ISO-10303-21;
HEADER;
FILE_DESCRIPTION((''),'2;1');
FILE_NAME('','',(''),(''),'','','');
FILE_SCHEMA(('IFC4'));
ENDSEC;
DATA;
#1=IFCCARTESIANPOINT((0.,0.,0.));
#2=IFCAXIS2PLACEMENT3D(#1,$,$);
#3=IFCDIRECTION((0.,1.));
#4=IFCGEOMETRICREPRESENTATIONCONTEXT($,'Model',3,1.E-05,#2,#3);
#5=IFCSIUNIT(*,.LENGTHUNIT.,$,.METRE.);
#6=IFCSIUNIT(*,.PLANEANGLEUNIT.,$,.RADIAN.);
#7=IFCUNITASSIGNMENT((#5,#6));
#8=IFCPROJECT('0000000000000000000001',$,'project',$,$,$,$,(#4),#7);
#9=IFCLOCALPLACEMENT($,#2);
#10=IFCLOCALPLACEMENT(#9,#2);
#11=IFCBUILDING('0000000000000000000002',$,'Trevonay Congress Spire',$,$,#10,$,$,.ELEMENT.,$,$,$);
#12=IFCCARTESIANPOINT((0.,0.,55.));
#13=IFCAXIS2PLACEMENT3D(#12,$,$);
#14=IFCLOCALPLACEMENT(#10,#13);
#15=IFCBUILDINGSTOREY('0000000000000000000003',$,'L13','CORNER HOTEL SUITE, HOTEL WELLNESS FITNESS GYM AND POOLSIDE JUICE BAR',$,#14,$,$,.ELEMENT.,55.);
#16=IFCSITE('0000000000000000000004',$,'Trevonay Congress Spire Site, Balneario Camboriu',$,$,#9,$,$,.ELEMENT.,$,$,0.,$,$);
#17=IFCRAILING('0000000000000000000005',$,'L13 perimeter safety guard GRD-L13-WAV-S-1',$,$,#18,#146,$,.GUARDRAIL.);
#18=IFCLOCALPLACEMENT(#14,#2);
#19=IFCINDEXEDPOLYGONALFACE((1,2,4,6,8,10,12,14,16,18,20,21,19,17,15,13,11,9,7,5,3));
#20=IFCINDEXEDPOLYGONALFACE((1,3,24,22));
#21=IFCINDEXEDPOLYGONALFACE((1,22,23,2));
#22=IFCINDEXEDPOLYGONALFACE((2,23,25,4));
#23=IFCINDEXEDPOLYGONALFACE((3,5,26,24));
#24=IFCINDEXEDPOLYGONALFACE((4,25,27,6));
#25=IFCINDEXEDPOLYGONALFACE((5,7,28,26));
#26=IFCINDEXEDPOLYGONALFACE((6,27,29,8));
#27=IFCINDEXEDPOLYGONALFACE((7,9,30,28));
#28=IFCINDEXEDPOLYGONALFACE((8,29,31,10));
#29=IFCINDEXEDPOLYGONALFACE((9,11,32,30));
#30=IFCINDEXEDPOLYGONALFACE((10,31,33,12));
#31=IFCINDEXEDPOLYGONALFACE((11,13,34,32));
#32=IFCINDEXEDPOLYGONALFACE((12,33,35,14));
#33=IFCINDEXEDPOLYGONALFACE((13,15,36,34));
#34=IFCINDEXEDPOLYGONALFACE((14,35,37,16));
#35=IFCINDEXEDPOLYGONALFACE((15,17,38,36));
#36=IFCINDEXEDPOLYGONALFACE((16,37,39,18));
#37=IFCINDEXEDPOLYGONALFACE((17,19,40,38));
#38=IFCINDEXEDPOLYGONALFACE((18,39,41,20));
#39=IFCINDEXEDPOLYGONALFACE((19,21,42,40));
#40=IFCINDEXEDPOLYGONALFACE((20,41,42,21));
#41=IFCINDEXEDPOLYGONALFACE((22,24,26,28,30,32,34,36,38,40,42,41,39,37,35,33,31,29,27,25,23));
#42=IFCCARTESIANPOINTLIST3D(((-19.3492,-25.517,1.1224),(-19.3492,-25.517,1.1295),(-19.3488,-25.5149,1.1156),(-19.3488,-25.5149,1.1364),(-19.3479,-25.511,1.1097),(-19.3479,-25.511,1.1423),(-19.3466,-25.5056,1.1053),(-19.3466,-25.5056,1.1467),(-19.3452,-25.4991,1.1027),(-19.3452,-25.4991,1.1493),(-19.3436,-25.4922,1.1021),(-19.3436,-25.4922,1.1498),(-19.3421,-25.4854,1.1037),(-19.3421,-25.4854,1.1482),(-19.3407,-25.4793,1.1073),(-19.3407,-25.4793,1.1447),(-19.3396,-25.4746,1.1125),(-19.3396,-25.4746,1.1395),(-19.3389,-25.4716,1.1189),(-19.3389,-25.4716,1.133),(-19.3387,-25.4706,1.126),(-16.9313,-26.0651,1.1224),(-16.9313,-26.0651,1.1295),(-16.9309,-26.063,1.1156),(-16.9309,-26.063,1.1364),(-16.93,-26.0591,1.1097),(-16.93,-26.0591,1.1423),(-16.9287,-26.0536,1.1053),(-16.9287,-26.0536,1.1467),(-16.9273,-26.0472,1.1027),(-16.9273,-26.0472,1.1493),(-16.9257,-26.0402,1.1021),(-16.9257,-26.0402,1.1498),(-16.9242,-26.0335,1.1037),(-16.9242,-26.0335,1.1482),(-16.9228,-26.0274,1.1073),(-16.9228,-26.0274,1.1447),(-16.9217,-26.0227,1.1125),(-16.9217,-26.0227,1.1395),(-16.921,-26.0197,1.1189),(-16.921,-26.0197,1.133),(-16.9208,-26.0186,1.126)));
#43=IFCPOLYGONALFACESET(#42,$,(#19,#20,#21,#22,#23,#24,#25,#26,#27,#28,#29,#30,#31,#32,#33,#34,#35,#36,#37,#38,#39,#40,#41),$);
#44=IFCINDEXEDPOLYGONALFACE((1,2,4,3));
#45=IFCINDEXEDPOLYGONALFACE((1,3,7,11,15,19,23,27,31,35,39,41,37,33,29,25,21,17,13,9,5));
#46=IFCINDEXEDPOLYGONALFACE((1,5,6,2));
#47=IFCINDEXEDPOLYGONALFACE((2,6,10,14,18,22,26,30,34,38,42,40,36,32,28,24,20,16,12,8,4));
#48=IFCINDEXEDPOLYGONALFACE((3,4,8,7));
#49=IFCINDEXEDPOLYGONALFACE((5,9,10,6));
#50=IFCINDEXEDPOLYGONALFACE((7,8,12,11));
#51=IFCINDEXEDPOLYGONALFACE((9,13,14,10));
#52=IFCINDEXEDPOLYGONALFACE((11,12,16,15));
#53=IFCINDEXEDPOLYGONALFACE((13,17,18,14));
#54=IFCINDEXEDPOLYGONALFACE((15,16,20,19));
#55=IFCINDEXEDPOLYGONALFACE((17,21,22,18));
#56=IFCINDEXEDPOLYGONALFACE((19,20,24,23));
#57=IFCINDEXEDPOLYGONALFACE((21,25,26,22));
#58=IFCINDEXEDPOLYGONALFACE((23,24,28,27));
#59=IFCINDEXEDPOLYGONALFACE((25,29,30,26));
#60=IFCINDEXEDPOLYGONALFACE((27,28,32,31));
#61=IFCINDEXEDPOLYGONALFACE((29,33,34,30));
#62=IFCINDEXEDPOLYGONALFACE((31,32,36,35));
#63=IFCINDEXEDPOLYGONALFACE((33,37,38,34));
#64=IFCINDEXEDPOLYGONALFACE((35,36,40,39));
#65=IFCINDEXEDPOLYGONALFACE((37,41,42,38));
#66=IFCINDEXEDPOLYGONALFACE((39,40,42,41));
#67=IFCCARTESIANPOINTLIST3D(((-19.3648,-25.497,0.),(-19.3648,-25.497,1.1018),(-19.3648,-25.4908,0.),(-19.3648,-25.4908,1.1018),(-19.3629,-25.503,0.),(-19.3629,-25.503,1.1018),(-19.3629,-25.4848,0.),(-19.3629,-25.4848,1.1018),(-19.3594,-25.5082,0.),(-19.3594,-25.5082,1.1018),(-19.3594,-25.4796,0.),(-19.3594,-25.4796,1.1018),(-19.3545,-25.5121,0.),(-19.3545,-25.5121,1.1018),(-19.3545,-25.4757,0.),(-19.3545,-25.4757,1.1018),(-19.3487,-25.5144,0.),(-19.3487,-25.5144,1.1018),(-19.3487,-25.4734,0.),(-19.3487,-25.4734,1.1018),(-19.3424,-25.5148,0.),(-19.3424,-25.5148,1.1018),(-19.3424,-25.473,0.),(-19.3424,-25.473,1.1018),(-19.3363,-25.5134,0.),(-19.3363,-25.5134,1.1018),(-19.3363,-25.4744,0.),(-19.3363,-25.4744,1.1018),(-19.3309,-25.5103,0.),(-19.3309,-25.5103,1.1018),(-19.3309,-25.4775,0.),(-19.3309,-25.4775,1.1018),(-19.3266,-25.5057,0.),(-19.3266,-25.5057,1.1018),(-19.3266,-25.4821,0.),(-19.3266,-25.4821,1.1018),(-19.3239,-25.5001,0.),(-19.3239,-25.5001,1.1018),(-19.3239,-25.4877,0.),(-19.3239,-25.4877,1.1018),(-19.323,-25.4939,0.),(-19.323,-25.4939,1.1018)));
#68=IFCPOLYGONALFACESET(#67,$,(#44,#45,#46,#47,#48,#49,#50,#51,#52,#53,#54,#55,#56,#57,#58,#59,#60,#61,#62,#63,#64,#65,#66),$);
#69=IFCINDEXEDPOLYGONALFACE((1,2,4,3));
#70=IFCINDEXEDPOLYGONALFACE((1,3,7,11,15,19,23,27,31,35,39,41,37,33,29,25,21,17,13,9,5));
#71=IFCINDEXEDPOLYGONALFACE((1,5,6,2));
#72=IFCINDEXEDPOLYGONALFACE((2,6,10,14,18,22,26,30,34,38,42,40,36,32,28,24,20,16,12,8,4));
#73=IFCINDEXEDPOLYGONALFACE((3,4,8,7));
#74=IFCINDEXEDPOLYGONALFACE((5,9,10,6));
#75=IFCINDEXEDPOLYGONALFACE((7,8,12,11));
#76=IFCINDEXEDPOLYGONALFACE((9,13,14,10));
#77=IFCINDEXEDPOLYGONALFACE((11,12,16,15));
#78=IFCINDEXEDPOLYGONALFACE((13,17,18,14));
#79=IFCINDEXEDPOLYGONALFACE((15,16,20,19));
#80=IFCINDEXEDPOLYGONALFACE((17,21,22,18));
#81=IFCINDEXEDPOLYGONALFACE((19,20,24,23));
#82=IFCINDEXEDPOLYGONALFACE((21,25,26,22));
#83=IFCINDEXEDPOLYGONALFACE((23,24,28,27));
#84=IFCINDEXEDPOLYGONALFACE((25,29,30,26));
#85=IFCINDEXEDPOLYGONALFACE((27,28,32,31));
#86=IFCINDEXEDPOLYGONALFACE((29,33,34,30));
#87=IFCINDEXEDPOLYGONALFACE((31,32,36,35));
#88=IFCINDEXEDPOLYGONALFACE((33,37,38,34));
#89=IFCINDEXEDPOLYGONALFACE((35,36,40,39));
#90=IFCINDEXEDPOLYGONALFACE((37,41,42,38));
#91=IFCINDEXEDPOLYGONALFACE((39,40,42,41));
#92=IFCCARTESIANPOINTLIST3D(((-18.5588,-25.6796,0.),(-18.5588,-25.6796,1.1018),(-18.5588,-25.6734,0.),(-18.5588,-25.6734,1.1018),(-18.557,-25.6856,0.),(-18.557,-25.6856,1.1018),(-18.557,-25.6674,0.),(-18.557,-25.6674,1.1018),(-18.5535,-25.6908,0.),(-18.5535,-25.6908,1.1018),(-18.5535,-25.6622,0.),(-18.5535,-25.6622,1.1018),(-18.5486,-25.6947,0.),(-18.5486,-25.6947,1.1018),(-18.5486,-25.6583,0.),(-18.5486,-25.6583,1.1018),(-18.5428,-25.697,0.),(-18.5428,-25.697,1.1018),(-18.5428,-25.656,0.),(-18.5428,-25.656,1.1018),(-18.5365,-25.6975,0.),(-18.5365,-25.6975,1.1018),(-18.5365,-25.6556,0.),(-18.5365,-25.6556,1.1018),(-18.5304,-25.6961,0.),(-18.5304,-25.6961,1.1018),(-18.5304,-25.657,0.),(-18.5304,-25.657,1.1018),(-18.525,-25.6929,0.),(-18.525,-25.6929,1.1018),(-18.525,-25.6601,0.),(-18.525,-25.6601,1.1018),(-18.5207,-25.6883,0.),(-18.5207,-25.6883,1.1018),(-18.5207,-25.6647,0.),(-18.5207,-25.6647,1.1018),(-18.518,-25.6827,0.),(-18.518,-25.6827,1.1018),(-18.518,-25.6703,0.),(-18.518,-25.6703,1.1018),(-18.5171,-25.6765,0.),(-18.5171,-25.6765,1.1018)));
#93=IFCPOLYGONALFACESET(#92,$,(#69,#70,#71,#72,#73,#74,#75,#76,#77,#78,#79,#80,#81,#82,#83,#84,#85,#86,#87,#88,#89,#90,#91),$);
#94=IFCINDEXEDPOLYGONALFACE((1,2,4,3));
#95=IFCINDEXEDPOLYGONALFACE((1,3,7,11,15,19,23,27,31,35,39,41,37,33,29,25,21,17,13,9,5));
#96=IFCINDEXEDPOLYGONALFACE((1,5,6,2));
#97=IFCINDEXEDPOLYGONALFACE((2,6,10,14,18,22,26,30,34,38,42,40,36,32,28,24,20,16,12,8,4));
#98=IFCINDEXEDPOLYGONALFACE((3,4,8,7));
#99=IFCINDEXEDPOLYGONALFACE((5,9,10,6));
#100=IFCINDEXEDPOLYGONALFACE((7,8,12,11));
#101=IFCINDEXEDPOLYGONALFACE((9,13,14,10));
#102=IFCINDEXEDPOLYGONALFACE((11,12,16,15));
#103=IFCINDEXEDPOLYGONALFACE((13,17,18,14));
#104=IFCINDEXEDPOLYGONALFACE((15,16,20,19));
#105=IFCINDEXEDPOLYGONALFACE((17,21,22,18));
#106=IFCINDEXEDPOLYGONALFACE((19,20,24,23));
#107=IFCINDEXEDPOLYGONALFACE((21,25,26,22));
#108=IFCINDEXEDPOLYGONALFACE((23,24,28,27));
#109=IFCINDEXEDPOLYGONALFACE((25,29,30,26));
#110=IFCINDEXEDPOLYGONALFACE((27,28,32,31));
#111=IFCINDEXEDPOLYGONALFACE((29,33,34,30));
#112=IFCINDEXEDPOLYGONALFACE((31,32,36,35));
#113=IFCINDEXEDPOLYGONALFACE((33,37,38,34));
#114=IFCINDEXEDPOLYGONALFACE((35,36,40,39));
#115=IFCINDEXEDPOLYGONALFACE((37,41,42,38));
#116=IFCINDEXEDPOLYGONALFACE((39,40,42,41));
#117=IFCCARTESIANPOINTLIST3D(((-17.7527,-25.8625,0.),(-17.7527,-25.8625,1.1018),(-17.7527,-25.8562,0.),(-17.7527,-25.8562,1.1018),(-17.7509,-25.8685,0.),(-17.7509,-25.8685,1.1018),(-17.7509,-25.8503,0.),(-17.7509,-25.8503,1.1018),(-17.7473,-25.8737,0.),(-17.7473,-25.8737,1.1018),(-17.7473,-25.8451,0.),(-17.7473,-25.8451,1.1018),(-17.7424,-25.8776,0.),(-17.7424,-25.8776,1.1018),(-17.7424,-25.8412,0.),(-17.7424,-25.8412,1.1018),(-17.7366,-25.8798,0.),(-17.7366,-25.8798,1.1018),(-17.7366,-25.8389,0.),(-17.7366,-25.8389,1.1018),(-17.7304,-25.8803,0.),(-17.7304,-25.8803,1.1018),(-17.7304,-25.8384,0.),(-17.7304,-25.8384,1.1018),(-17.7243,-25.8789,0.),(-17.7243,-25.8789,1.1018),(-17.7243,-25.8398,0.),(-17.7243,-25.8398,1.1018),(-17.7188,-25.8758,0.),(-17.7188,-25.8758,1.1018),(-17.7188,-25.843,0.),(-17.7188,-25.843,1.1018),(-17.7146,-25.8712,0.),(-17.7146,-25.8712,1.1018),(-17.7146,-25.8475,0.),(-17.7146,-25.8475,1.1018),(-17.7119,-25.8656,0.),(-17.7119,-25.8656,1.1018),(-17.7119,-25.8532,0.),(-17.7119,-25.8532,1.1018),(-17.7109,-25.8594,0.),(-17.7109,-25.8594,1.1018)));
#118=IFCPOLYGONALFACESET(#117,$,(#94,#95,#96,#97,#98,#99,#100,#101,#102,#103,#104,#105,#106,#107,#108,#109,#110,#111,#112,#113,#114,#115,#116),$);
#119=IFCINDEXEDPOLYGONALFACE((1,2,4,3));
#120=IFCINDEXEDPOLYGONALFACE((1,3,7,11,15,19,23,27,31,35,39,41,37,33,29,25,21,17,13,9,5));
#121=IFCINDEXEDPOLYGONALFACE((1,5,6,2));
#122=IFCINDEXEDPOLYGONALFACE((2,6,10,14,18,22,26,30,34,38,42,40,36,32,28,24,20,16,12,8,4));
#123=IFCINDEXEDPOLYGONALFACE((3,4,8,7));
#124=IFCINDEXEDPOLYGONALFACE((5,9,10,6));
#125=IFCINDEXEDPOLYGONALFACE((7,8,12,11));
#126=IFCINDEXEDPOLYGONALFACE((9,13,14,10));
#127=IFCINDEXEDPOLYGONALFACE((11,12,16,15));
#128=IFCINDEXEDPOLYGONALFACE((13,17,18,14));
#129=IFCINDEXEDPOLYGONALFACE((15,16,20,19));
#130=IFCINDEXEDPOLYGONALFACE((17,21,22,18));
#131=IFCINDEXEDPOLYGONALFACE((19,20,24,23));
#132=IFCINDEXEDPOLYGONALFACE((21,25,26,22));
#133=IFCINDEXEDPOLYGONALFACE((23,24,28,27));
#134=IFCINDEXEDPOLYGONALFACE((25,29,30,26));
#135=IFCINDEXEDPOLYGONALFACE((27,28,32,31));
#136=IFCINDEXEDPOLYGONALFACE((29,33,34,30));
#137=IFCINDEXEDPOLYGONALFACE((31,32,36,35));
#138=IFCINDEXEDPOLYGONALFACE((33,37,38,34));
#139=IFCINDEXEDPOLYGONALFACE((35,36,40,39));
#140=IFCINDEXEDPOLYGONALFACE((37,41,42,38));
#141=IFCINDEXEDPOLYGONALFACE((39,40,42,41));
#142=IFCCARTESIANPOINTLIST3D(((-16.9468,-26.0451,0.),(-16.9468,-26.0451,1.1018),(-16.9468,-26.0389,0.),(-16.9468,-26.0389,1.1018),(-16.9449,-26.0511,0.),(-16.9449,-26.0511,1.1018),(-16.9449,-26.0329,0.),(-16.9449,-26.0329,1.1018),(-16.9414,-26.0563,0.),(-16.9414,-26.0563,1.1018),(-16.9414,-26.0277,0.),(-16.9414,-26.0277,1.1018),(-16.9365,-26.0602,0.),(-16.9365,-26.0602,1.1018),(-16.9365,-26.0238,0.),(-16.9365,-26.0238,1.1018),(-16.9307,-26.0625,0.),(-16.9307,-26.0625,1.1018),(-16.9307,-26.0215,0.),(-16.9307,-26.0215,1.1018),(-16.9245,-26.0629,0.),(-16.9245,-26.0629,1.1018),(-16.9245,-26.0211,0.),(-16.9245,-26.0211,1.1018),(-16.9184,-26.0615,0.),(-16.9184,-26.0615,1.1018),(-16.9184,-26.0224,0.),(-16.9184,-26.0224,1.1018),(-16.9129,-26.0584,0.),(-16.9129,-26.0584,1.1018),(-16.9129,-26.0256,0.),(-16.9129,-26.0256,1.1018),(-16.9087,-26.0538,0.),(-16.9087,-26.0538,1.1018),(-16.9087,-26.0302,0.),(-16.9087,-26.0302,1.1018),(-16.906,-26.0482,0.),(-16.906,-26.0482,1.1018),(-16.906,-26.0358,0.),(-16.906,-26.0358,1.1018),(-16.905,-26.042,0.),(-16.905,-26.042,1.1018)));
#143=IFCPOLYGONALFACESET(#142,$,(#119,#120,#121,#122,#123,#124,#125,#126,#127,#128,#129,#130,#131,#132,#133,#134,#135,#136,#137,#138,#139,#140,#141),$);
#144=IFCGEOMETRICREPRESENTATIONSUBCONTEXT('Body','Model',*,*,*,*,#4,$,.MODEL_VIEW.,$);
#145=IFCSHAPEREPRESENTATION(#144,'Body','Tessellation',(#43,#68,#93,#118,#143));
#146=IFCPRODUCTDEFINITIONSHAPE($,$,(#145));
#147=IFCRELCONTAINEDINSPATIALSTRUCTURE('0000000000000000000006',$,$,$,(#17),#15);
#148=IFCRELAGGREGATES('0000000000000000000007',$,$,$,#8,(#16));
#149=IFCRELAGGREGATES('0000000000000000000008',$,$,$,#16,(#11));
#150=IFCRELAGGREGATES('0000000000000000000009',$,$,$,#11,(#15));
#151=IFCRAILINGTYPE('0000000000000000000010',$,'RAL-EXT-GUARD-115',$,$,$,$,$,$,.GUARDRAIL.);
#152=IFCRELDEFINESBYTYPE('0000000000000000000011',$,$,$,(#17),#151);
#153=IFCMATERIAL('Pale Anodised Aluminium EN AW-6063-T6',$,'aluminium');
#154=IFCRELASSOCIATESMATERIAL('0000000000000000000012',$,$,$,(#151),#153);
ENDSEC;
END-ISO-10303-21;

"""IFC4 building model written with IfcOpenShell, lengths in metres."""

from ifc_helpers import new_model, si_unit, direction, frame, origin, origin_2d, place, context, subcontext, project, spatial, circle, extrude, material, type_object, element, save


model = new_model("IFC4")

# Units and contexts
model_context = context("Model", 3, precision=1e-05, world=origin(), true_north=direction((0.0, 1.0)))
body_context = subcontext(model_context, "Body", "Model", "MODEL_VIEW")
ifc_project = project(units=[si_unit("LENGTHUNIT", "METRE"), si_unit("PLANEANGLEUNIT", "RADIAN")], contexts=[model_context])

# Site, building, storey
site_placement = place(None, origin())
site = spatial("IfcSite", under=ifc_project, at=site_placement, Name="Trevonay Congress Spire Site, Balneario Camboriu", CompositionType="ELEMENT", RefElevation=0.0)
building_placement = place(site_placement, origin())
building = spatial("IfcBuilding", under=site, at=building_placement, Name="Trevonay Congress Spire", CompositionType="ELEMENT")
storey_placement = place(building_placement, frame((0.0, 0.0, 55.0)))
storey = spatial("IfcBuildingStorey", under=building, at=storey_placement, Name="L13", Description="CORNER HOTEL SUITE, HOTEL WELLNESS FITNESS GYM AND POOLSIDE JUICE BAR", CompositionType="ELEMENT", Elevation=55.0)

# Shared definitions
ifc_material_1 = material(Name="Pale Anodised Aluminium EN AW-6063-T6", Category="aluminium")

# Railing
railing_type = type_object("IfcRailingType", Name="RAL-EXT-GUARD-115", PredefinedType="GUARDRAIL", material=ifc_material_1)
railing_1_placement = place(storey_placement, frame((-19.344, -25.4939, 0.0)))
element("IfcRailing", 1, at=railing_1_placement, inside=storey, type_object=railing_type, Name="L13 perimeter safety guard GRD-L13-WAV-S-1", PredefinedType="GUARDRAIL", context=body_context, shape_type="SweptSolid", body=[
    extrude(circle(Radius=0.0239, at=origin_2d()), frame((0.0, 0.0, 1.126), z_axis=(0.975258, -0.221068, 0.0), x_axis=(0.221068, 0.975258, 0.0)), (0.0, 0.0, 1.0), 2.4792),
    extrude(circle(Radius=0.021, at=origin_2d()), origin(), (0.0, 0.0, 1.0), 1.1018),
    extrude(circle(Radius=0.021, at=origin_2d()), frame((0.8059, -0.1826, 0.0)), (0.0, 0.0, 1.0), 1.1018),
    extrude(circle(Radius=0.021, at=origin_2d()), frame((1.6121, -0.3655, 0.0)), (0.0, 0.0, 1.0), 1.1018),
    extrude(circle(Radius=0.021, at=origin_2d()), frame((2.418, -0.5481, 0.0)), (0.0, 0.0, 1.0), 1.1018),
])

save(model, "model.ifc")
